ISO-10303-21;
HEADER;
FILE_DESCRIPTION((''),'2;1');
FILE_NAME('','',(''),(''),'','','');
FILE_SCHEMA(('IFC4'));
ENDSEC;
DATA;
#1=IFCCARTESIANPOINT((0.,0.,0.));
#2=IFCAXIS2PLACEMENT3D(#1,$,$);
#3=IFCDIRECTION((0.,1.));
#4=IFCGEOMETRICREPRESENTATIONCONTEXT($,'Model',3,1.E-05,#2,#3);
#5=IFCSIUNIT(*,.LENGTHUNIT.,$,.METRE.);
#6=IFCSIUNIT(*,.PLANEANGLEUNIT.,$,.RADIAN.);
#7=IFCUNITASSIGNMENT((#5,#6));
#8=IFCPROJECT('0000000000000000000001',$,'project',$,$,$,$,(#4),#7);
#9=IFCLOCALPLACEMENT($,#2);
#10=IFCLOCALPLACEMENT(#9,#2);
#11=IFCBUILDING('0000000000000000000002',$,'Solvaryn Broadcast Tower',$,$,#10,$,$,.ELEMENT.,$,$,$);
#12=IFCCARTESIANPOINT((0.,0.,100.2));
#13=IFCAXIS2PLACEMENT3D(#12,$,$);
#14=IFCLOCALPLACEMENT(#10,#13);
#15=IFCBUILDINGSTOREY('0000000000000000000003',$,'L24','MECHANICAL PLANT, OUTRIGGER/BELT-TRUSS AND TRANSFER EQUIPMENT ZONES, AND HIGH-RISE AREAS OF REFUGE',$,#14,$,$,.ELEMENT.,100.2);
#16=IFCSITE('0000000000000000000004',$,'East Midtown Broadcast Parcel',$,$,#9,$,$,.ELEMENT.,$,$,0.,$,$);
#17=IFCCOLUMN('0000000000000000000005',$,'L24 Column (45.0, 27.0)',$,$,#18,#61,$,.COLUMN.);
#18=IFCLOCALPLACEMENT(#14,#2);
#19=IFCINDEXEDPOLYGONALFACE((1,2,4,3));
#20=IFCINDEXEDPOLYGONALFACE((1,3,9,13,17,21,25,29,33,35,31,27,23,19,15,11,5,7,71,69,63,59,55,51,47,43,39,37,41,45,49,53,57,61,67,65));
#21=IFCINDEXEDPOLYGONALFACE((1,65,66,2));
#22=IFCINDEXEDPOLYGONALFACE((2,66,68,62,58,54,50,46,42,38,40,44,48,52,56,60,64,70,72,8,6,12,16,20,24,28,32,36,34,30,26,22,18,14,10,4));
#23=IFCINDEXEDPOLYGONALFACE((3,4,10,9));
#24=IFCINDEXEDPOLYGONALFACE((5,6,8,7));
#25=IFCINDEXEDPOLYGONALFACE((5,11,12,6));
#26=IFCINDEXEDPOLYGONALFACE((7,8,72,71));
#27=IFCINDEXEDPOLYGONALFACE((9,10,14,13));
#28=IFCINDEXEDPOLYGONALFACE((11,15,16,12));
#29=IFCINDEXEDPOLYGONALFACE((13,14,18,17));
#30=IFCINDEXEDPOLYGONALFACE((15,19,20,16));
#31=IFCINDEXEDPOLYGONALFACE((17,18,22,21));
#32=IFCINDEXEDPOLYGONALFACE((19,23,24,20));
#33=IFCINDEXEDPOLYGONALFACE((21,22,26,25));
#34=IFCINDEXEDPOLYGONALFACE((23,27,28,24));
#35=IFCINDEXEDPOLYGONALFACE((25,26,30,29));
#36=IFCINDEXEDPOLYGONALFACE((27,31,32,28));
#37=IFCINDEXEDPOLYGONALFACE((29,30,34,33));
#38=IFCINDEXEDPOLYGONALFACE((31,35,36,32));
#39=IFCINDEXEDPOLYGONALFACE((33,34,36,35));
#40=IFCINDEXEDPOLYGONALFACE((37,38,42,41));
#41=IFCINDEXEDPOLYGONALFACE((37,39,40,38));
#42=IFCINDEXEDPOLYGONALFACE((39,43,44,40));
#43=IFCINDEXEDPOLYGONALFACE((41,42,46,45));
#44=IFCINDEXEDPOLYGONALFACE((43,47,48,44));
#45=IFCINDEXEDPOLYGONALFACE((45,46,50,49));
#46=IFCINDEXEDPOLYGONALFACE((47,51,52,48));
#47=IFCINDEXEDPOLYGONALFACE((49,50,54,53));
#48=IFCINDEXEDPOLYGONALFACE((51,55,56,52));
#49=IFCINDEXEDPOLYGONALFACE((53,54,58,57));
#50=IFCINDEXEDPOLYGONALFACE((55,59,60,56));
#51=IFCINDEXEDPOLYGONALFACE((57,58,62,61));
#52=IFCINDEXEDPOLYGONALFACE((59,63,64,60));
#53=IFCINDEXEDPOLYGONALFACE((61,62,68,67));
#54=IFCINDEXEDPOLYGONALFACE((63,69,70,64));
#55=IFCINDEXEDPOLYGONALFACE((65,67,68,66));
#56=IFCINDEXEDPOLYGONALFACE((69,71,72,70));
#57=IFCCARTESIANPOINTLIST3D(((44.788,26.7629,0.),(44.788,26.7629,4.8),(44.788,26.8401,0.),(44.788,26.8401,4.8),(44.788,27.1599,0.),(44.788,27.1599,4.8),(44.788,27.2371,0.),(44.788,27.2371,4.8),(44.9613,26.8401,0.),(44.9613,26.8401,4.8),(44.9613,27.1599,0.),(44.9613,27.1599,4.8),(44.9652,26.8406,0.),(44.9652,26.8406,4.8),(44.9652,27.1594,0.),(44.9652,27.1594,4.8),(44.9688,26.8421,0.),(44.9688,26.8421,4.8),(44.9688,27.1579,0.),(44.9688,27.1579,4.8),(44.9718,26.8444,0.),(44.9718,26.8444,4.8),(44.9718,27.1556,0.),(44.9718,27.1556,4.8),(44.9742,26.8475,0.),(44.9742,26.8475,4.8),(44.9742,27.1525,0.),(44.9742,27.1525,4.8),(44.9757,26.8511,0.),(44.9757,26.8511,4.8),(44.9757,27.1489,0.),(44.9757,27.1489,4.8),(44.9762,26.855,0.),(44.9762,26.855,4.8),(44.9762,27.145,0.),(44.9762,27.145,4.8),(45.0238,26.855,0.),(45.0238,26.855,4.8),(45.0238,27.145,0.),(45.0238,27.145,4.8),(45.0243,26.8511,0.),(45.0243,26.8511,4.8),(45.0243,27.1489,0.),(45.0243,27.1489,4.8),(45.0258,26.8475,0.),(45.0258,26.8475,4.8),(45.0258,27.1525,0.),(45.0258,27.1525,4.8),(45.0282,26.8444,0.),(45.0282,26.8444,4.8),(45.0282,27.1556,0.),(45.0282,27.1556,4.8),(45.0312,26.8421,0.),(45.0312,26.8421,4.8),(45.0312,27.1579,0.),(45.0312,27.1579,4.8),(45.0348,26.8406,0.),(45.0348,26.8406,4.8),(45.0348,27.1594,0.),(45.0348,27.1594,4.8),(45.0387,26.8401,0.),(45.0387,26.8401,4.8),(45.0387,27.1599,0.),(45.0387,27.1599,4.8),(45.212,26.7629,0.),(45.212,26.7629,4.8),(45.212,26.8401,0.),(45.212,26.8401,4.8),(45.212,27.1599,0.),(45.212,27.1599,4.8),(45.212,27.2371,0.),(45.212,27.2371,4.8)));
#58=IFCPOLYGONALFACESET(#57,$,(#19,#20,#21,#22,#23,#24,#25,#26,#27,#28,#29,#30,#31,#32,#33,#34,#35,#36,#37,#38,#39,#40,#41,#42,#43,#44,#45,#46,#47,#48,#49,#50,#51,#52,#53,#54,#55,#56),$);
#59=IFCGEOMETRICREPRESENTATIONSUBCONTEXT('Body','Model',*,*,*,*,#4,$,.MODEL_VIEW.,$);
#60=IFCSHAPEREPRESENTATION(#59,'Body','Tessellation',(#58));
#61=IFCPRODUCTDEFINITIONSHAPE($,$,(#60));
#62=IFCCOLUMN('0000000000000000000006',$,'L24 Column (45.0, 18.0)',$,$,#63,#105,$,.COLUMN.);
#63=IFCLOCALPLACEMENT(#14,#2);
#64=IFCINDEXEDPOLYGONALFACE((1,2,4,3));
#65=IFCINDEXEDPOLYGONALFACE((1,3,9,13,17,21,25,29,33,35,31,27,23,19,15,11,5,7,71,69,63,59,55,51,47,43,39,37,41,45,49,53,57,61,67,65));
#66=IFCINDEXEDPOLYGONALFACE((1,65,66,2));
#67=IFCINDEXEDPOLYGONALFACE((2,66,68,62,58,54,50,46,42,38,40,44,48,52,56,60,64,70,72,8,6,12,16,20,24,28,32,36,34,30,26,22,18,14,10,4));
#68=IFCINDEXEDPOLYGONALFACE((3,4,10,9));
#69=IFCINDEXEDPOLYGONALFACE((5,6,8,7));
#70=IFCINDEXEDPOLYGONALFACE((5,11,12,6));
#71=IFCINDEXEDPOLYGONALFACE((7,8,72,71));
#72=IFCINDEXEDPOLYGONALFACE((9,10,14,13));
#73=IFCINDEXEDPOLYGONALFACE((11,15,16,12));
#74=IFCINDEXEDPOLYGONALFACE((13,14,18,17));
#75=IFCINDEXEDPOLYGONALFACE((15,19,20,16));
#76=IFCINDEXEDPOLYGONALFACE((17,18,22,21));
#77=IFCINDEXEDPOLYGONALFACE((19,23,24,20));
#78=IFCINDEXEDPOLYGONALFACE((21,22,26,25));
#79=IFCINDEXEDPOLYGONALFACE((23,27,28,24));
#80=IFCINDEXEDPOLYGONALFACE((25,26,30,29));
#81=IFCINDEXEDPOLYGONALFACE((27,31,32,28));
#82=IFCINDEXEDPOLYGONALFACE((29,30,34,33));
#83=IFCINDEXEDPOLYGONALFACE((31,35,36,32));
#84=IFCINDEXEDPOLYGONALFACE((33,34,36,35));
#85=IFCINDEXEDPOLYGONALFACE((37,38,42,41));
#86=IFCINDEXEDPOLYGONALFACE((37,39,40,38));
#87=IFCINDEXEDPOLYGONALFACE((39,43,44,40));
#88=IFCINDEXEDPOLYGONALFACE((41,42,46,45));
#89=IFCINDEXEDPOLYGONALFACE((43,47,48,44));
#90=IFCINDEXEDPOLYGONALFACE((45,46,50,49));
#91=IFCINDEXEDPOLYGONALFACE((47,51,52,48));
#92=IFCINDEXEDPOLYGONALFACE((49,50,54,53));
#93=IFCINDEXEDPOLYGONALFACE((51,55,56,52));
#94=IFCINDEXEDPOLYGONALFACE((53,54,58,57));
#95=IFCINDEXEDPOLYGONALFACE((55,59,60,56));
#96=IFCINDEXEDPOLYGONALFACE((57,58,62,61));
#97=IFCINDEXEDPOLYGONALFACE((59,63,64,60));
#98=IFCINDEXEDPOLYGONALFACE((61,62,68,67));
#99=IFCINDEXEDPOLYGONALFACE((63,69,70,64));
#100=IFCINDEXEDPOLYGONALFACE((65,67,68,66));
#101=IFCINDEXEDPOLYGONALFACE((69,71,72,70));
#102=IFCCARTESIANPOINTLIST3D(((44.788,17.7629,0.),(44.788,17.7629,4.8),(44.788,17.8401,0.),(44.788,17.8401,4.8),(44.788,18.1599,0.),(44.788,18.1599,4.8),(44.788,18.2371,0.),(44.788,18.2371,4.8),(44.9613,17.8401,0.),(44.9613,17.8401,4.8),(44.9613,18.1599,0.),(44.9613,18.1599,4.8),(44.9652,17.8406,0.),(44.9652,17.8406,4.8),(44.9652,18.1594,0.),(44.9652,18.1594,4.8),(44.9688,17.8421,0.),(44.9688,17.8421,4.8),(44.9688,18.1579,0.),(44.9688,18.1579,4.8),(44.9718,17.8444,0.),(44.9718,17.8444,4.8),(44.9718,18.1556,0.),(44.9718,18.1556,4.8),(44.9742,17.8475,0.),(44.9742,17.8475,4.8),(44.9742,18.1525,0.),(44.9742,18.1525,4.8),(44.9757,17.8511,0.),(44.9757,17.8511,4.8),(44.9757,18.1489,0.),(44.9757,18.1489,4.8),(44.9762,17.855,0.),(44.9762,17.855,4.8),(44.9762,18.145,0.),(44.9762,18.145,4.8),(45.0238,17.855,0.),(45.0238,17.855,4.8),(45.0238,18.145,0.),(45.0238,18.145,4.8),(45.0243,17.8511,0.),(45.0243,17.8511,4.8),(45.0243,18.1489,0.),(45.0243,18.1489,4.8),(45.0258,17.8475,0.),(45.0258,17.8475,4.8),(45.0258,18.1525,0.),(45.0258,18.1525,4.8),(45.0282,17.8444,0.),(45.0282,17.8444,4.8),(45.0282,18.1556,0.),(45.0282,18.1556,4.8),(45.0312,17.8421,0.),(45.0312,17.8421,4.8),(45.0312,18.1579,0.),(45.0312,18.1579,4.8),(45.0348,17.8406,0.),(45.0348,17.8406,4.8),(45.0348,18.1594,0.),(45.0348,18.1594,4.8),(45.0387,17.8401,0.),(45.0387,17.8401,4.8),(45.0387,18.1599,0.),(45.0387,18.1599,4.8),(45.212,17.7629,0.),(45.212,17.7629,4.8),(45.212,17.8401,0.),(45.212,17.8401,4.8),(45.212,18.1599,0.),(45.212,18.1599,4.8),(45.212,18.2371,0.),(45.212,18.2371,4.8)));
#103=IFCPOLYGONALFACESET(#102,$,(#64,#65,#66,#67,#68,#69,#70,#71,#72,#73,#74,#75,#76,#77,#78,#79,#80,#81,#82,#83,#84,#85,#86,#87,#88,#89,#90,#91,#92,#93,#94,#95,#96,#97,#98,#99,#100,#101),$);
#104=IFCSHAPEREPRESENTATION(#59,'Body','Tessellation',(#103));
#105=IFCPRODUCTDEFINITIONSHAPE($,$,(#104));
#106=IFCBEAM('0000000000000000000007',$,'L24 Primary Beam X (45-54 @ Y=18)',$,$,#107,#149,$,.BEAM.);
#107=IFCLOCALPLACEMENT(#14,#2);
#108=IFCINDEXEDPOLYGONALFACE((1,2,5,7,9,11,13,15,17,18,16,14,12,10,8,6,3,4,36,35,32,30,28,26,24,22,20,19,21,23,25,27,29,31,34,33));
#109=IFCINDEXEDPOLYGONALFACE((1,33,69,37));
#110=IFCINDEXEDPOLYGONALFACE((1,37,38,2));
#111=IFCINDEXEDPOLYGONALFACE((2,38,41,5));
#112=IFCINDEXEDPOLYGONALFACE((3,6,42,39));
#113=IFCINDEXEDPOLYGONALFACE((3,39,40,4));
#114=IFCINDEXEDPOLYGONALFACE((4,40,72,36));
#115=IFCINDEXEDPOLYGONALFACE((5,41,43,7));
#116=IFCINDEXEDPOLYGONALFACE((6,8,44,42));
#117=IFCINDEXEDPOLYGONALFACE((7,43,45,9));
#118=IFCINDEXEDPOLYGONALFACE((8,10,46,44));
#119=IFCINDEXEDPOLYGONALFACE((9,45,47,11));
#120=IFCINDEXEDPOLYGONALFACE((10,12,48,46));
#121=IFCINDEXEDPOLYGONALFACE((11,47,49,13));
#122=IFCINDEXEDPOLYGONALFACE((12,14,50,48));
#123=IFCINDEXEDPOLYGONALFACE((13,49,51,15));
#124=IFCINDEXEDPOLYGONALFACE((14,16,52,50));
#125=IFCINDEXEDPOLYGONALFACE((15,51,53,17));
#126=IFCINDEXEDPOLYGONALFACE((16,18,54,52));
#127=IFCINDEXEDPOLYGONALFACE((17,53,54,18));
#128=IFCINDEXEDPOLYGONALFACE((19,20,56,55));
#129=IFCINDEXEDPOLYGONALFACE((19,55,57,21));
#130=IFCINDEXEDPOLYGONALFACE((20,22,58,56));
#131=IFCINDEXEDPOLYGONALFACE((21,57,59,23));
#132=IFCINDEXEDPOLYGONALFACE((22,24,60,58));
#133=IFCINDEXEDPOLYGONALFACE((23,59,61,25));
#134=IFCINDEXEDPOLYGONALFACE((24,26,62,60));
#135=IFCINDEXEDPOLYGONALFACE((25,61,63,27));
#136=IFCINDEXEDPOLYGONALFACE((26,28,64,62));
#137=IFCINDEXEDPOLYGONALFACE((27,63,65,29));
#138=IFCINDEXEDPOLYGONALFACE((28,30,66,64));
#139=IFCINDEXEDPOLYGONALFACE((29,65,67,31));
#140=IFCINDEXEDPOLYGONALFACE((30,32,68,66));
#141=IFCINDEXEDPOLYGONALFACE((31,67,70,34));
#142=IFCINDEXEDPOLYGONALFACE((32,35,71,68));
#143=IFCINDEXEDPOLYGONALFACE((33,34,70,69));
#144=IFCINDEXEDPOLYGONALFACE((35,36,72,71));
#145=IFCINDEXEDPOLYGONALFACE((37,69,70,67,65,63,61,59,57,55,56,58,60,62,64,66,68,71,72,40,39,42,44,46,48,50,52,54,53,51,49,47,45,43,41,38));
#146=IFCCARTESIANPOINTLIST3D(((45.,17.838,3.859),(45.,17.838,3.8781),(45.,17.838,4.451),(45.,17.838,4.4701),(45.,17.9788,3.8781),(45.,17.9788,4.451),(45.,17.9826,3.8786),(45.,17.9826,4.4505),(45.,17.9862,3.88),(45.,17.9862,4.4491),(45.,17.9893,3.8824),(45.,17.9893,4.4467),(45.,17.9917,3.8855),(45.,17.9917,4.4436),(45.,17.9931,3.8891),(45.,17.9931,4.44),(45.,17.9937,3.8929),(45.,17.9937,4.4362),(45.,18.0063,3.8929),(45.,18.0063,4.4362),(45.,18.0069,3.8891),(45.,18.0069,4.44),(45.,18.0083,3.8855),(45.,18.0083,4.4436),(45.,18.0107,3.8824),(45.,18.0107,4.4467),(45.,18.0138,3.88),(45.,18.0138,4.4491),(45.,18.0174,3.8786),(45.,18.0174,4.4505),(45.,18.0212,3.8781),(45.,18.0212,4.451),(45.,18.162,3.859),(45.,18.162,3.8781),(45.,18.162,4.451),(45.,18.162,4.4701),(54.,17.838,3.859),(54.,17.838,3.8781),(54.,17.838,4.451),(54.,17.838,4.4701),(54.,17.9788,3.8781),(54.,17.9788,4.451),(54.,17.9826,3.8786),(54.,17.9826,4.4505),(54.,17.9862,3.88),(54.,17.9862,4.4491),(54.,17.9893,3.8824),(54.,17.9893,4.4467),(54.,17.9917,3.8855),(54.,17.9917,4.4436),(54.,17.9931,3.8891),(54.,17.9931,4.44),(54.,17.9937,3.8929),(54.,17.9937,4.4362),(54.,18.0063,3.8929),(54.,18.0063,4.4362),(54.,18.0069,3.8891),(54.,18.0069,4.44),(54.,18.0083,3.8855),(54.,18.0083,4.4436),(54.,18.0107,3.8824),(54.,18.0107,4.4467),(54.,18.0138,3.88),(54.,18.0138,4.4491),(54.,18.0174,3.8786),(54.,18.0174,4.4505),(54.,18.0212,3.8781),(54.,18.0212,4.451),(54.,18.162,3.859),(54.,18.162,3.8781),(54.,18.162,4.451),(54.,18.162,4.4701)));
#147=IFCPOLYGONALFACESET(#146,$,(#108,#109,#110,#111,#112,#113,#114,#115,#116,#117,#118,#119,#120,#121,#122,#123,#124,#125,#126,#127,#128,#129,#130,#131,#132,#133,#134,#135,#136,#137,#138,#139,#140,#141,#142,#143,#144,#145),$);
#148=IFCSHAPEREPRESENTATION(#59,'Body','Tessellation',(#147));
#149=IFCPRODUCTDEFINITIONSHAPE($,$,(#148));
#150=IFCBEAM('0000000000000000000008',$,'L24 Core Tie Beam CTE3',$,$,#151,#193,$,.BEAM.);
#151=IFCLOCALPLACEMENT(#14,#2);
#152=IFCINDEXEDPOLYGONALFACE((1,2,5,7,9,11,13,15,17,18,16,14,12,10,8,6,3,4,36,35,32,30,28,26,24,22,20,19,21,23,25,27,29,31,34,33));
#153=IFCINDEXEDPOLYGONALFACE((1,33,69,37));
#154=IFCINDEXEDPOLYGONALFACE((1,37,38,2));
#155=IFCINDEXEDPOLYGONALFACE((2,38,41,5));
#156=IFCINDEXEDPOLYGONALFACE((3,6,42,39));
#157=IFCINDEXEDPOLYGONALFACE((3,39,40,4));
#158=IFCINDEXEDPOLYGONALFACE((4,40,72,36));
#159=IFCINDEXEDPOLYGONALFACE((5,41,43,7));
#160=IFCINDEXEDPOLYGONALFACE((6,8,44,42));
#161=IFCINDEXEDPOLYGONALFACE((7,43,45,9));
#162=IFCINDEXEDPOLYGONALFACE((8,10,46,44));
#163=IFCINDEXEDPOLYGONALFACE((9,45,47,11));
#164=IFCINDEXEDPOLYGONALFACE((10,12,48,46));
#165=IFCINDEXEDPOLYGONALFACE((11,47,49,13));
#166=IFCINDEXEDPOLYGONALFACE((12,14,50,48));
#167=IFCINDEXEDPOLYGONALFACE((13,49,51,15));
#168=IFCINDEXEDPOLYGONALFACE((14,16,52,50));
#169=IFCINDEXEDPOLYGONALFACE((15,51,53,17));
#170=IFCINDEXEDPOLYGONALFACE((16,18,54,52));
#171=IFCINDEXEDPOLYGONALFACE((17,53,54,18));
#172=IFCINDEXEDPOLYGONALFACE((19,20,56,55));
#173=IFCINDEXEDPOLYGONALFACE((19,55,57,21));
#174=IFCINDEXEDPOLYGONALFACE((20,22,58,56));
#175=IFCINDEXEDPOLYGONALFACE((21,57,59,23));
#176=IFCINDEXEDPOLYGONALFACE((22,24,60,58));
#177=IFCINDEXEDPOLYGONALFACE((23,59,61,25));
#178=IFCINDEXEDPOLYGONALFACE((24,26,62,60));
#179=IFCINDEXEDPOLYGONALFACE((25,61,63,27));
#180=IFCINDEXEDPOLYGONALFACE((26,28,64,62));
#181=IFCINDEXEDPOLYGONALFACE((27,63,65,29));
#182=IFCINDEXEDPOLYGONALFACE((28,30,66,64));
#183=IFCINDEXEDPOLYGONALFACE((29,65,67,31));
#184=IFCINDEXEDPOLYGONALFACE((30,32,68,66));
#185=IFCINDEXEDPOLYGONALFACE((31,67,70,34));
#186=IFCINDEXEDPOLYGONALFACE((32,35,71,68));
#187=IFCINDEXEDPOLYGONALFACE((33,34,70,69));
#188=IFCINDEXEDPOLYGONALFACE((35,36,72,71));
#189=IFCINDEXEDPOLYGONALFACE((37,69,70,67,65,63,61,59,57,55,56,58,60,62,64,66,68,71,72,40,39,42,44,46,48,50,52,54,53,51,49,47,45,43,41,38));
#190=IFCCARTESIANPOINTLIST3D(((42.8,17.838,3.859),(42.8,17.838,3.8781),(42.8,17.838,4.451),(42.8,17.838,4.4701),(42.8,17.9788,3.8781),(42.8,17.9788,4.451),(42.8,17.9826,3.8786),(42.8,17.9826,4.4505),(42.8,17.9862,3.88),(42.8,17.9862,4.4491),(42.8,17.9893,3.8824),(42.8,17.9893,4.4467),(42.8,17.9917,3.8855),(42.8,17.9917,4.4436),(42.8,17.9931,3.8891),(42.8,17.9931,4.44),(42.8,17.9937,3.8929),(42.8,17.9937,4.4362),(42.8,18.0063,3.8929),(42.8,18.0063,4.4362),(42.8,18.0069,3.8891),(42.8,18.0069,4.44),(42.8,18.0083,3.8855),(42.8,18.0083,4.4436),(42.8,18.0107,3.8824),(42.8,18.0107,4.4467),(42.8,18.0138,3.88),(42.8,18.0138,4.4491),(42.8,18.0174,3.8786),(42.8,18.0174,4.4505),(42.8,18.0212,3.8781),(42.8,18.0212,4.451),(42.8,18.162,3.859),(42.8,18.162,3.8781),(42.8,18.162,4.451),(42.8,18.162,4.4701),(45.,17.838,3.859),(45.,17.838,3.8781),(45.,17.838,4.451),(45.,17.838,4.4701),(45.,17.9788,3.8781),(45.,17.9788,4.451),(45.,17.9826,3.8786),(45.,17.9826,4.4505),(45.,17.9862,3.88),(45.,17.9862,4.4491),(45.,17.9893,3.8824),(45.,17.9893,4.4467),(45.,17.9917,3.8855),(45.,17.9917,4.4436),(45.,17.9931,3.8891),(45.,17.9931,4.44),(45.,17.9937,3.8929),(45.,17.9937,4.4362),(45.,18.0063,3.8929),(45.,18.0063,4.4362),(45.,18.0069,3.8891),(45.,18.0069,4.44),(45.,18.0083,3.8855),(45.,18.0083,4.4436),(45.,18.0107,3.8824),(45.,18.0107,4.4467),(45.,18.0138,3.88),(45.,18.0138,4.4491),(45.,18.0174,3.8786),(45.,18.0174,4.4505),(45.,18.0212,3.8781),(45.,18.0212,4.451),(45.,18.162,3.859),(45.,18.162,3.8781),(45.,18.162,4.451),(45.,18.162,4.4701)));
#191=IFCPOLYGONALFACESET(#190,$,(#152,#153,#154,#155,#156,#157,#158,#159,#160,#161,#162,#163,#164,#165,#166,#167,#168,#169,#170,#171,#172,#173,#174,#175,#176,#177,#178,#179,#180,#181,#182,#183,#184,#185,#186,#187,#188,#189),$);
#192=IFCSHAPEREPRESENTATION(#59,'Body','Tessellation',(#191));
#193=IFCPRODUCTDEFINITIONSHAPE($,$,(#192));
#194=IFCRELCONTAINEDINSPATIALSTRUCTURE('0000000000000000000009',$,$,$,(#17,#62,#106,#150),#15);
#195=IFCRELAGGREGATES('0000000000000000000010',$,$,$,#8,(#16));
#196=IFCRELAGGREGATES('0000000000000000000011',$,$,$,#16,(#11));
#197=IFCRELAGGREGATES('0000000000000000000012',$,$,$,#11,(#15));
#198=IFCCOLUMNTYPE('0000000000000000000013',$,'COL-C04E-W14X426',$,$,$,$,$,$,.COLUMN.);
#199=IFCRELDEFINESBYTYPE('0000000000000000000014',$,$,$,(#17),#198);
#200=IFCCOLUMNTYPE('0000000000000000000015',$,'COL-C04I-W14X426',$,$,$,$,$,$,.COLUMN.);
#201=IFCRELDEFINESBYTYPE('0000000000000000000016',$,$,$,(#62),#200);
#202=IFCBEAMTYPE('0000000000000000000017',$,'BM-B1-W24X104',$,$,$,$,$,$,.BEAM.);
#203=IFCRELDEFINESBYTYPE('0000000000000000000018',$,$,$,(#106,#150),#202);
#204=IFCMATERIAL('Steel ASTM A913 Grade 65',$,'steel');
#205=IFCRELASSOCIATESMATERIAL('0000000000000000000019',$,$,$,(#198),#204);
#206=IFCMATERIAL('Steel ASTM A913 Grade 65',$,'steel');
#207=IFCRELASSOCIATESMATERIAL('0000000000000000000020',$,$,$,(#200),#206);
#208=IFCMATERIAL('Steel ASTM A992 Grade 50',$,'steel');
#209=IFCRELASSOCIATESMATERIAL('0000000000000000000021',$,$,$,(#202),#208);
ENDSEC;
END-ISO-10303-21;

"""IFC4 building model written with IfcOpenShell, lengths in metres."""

from ifc_helpers import new_model, si_unit, direction, frame, origin, origin_2d, place, context, subcontext, project, spatial, i_section, extrude, material, material_profile, profile_set, type_object, element, save


model = new_model("IFC4")

# Units and contexts
model_context = context("Model", 3, precision=1e-05, world=origin(), true_north=direction((0.0, 1.0)))
body_context = subcontext(model_context, "Body", "Model", "MODEL_VIEW")
ifc_project = project(units=[si_unit("LENGTHUNIT", "METRE"), si_unit("PLANEANGLEUNIT", "RADIAN")], contexts=[model_context])

# Site, building, storey
site_placement = place(None, origin())
site = spatial("IfcSite", under=ifc_project, at=site_placement, Name="East Midtown Broadcast Parcel", CompositionType="ELEMENT", RefElevation=0.0)
building_placement = place(site_placement, origin())
building = spatial("IfcBuilding", under=site, at=building_placement, Name="Solvaryn Broadcast Tower", CompositionType="ELEMENT")
storey_placement = place(building_placement, frame((0.0, 0.0, 100.2)))
storey = spatial("IfcBuildingStorey", under=building, at=storey_placement, Name="L24", Description="MECHANICAL PLANT, OUTRIGGER/BELT-TRUSS AND TRANSFER EQUIPMENT ZONES, AND HIGH-RISE AREAS OF REFUGE", CompositionType="ELEMENT", Elevation=100.2)

# Columns
ifc_material_1 = material(Name="Steel ASTM A913 Grade 65", Category="steel")
ifc_material_profile_1 = material_profile(ifc_material_1, i_section(OverallWidth=0.4241, OverallDepth=0.4741, WebThickness=0.0476, FlangeThickness=0.0771, FilletRadius=0.0149, at=origin_2d()))
ifc_profile_set_1 = profile_set([ifc_material_profile_1], Name="Steel ASTM A913 Grade 65")
column_type_1 = type_object("IfcColumnType", Name="COL-C04E-W14X426", PredefinedType="COLUMN", material=ifc_profile_set_1)
column_1_placement = place(storey_placement, frame((45.0, 27.0, 0.0), z_axis=(0.0, 0.0, 1.0), x_axis=(1.0, 0.0, 0.0)))
element("IfcColumn", 1, at=column_1_placement, inside=storey, type_object=column_type_1, Name="L24 Column (45.0, 27.0)", PredefinedType="COLUMN", context=body_context, shape_type="SweptSolid", body=[
    extrude(i_section(OverallWidth=0.4241, OverallDepth=0.4741, WebThickness=0.0476, FlangeThickness=0.0771, FilletRadius=0.0149, at=origin_2d()), origin(), (0.0, 0.0, 1.0), 4.8),
])
ifc_material_2 = material(Name="Steel ASTM A913 Grade 65", Category="steel")
ifc_material_profile_2 = material_profile(ifc_material_2, i_section(OverallWidth=0.4241, OverallDepth=0.4741, WebThickness=0.0476, FlangeThickness=0.0771, FilletRadius=0.0149, at=origin_2d()))
ifc_profile_set_2 = profile_set([ifc_material_profile_2], Name="Steel ASTM A913 Grade 65")
column_type_2 = type_object("IfcColumnType", Name="COL-C04I-W14X426", PredefinedType="COLUMN", material=ifc_profile_set_2)
column_2_placement = place(storey_placement, frame((45.0, 18.0, 0.0), z_axis=(0.0, 0.0, 1.0), x_axis=(1.0, 0.0, 0.0)))
element("IfcColumn", 2, at=column_2_placement, inside=storey, type_object=column_type_2, Name="L24 Column (45.0, 18.0)", PredefinedType="COLUMN", context=body_context, shape_type="SweptSolid", body=[
    extrude(i_section(OverallWidth=0.4241, OverallDepth=0.4741, WebThickness=0.0476, FlangeThickness=0.0771, FilletRadius=0.0149, at=origin_2d()), origin(), (0.0, 0.0, 1.0), 4.8),
])

# Beams
ifc_material_3 = material(Name="Steel ASTM A992 Grade 50", Category="steel")
ifc_material_profile_3 = material_profile(ifc_material_3, i_section(OverallWidth=0.324, OverallDepth=0.6111, WebThickness=0.0127, FlangeThickness=0.019, FilletRadius=0.0149, at=origin_2d()))
ifc_profile_set_3 = profile_set([ifc_material_profile_3], Name="Steel ASTM A992 Grade 50")
beam_type_1 = type_object("IfcBeamType", Name="BM-B1-W24X104", PredefinedType="BEAM", material=ifc_profile_set_3)
beam_1_placement = place(storey_placement, frame((45.0, 18.0, 4.1646), z_axis=(1.0, 0.0, 0.0), x_axis=(0.0, 1.0, 0.0)))
element("IfcBeam", 3, at=beam_1_placement, inside=storey, type_object=beam_type_1, Name="L24 Primary Beam X (45-54 @ Y=18)", PredefinedType="BEAM", context=body_context, shape_type="SweptSolid", body=[
    extrude(i_section(OverallWidth=0.324, OverallDepth=0.6111, WebThickness=0.0127, FlangeThickness=0.019, FilletRadius=0.0149, at=origin_2d()), origin(), (0.0, 0.0, 1.0), 9.0),
])
beam_2_placement = place(storey_placement, frame((42.8, 18.0, 4.1646), z_axis=(1.0, 0.0, 0.0), x_axis=(0.0, 1.0, 0.0)))
element("IfcBeam", 4, at=beam_2_placement, inside=storey, type_object=beam_type_1, Name="L24 Core Tie Beam CTE3", PredefinedType="BEAM", context=body_context, shape_type="SweptSolid", body=[
    extrude(i_section(OverallWidth=0.324, OverallDepth=0.6111, WebThickness=0.0127, FlangeThickness=0.019, FilletRadius=0.0149, at=origin_2d()), origin(), (0.0, 0.0, 1.0), 2.2),
])

save(model, "model.ifc")
